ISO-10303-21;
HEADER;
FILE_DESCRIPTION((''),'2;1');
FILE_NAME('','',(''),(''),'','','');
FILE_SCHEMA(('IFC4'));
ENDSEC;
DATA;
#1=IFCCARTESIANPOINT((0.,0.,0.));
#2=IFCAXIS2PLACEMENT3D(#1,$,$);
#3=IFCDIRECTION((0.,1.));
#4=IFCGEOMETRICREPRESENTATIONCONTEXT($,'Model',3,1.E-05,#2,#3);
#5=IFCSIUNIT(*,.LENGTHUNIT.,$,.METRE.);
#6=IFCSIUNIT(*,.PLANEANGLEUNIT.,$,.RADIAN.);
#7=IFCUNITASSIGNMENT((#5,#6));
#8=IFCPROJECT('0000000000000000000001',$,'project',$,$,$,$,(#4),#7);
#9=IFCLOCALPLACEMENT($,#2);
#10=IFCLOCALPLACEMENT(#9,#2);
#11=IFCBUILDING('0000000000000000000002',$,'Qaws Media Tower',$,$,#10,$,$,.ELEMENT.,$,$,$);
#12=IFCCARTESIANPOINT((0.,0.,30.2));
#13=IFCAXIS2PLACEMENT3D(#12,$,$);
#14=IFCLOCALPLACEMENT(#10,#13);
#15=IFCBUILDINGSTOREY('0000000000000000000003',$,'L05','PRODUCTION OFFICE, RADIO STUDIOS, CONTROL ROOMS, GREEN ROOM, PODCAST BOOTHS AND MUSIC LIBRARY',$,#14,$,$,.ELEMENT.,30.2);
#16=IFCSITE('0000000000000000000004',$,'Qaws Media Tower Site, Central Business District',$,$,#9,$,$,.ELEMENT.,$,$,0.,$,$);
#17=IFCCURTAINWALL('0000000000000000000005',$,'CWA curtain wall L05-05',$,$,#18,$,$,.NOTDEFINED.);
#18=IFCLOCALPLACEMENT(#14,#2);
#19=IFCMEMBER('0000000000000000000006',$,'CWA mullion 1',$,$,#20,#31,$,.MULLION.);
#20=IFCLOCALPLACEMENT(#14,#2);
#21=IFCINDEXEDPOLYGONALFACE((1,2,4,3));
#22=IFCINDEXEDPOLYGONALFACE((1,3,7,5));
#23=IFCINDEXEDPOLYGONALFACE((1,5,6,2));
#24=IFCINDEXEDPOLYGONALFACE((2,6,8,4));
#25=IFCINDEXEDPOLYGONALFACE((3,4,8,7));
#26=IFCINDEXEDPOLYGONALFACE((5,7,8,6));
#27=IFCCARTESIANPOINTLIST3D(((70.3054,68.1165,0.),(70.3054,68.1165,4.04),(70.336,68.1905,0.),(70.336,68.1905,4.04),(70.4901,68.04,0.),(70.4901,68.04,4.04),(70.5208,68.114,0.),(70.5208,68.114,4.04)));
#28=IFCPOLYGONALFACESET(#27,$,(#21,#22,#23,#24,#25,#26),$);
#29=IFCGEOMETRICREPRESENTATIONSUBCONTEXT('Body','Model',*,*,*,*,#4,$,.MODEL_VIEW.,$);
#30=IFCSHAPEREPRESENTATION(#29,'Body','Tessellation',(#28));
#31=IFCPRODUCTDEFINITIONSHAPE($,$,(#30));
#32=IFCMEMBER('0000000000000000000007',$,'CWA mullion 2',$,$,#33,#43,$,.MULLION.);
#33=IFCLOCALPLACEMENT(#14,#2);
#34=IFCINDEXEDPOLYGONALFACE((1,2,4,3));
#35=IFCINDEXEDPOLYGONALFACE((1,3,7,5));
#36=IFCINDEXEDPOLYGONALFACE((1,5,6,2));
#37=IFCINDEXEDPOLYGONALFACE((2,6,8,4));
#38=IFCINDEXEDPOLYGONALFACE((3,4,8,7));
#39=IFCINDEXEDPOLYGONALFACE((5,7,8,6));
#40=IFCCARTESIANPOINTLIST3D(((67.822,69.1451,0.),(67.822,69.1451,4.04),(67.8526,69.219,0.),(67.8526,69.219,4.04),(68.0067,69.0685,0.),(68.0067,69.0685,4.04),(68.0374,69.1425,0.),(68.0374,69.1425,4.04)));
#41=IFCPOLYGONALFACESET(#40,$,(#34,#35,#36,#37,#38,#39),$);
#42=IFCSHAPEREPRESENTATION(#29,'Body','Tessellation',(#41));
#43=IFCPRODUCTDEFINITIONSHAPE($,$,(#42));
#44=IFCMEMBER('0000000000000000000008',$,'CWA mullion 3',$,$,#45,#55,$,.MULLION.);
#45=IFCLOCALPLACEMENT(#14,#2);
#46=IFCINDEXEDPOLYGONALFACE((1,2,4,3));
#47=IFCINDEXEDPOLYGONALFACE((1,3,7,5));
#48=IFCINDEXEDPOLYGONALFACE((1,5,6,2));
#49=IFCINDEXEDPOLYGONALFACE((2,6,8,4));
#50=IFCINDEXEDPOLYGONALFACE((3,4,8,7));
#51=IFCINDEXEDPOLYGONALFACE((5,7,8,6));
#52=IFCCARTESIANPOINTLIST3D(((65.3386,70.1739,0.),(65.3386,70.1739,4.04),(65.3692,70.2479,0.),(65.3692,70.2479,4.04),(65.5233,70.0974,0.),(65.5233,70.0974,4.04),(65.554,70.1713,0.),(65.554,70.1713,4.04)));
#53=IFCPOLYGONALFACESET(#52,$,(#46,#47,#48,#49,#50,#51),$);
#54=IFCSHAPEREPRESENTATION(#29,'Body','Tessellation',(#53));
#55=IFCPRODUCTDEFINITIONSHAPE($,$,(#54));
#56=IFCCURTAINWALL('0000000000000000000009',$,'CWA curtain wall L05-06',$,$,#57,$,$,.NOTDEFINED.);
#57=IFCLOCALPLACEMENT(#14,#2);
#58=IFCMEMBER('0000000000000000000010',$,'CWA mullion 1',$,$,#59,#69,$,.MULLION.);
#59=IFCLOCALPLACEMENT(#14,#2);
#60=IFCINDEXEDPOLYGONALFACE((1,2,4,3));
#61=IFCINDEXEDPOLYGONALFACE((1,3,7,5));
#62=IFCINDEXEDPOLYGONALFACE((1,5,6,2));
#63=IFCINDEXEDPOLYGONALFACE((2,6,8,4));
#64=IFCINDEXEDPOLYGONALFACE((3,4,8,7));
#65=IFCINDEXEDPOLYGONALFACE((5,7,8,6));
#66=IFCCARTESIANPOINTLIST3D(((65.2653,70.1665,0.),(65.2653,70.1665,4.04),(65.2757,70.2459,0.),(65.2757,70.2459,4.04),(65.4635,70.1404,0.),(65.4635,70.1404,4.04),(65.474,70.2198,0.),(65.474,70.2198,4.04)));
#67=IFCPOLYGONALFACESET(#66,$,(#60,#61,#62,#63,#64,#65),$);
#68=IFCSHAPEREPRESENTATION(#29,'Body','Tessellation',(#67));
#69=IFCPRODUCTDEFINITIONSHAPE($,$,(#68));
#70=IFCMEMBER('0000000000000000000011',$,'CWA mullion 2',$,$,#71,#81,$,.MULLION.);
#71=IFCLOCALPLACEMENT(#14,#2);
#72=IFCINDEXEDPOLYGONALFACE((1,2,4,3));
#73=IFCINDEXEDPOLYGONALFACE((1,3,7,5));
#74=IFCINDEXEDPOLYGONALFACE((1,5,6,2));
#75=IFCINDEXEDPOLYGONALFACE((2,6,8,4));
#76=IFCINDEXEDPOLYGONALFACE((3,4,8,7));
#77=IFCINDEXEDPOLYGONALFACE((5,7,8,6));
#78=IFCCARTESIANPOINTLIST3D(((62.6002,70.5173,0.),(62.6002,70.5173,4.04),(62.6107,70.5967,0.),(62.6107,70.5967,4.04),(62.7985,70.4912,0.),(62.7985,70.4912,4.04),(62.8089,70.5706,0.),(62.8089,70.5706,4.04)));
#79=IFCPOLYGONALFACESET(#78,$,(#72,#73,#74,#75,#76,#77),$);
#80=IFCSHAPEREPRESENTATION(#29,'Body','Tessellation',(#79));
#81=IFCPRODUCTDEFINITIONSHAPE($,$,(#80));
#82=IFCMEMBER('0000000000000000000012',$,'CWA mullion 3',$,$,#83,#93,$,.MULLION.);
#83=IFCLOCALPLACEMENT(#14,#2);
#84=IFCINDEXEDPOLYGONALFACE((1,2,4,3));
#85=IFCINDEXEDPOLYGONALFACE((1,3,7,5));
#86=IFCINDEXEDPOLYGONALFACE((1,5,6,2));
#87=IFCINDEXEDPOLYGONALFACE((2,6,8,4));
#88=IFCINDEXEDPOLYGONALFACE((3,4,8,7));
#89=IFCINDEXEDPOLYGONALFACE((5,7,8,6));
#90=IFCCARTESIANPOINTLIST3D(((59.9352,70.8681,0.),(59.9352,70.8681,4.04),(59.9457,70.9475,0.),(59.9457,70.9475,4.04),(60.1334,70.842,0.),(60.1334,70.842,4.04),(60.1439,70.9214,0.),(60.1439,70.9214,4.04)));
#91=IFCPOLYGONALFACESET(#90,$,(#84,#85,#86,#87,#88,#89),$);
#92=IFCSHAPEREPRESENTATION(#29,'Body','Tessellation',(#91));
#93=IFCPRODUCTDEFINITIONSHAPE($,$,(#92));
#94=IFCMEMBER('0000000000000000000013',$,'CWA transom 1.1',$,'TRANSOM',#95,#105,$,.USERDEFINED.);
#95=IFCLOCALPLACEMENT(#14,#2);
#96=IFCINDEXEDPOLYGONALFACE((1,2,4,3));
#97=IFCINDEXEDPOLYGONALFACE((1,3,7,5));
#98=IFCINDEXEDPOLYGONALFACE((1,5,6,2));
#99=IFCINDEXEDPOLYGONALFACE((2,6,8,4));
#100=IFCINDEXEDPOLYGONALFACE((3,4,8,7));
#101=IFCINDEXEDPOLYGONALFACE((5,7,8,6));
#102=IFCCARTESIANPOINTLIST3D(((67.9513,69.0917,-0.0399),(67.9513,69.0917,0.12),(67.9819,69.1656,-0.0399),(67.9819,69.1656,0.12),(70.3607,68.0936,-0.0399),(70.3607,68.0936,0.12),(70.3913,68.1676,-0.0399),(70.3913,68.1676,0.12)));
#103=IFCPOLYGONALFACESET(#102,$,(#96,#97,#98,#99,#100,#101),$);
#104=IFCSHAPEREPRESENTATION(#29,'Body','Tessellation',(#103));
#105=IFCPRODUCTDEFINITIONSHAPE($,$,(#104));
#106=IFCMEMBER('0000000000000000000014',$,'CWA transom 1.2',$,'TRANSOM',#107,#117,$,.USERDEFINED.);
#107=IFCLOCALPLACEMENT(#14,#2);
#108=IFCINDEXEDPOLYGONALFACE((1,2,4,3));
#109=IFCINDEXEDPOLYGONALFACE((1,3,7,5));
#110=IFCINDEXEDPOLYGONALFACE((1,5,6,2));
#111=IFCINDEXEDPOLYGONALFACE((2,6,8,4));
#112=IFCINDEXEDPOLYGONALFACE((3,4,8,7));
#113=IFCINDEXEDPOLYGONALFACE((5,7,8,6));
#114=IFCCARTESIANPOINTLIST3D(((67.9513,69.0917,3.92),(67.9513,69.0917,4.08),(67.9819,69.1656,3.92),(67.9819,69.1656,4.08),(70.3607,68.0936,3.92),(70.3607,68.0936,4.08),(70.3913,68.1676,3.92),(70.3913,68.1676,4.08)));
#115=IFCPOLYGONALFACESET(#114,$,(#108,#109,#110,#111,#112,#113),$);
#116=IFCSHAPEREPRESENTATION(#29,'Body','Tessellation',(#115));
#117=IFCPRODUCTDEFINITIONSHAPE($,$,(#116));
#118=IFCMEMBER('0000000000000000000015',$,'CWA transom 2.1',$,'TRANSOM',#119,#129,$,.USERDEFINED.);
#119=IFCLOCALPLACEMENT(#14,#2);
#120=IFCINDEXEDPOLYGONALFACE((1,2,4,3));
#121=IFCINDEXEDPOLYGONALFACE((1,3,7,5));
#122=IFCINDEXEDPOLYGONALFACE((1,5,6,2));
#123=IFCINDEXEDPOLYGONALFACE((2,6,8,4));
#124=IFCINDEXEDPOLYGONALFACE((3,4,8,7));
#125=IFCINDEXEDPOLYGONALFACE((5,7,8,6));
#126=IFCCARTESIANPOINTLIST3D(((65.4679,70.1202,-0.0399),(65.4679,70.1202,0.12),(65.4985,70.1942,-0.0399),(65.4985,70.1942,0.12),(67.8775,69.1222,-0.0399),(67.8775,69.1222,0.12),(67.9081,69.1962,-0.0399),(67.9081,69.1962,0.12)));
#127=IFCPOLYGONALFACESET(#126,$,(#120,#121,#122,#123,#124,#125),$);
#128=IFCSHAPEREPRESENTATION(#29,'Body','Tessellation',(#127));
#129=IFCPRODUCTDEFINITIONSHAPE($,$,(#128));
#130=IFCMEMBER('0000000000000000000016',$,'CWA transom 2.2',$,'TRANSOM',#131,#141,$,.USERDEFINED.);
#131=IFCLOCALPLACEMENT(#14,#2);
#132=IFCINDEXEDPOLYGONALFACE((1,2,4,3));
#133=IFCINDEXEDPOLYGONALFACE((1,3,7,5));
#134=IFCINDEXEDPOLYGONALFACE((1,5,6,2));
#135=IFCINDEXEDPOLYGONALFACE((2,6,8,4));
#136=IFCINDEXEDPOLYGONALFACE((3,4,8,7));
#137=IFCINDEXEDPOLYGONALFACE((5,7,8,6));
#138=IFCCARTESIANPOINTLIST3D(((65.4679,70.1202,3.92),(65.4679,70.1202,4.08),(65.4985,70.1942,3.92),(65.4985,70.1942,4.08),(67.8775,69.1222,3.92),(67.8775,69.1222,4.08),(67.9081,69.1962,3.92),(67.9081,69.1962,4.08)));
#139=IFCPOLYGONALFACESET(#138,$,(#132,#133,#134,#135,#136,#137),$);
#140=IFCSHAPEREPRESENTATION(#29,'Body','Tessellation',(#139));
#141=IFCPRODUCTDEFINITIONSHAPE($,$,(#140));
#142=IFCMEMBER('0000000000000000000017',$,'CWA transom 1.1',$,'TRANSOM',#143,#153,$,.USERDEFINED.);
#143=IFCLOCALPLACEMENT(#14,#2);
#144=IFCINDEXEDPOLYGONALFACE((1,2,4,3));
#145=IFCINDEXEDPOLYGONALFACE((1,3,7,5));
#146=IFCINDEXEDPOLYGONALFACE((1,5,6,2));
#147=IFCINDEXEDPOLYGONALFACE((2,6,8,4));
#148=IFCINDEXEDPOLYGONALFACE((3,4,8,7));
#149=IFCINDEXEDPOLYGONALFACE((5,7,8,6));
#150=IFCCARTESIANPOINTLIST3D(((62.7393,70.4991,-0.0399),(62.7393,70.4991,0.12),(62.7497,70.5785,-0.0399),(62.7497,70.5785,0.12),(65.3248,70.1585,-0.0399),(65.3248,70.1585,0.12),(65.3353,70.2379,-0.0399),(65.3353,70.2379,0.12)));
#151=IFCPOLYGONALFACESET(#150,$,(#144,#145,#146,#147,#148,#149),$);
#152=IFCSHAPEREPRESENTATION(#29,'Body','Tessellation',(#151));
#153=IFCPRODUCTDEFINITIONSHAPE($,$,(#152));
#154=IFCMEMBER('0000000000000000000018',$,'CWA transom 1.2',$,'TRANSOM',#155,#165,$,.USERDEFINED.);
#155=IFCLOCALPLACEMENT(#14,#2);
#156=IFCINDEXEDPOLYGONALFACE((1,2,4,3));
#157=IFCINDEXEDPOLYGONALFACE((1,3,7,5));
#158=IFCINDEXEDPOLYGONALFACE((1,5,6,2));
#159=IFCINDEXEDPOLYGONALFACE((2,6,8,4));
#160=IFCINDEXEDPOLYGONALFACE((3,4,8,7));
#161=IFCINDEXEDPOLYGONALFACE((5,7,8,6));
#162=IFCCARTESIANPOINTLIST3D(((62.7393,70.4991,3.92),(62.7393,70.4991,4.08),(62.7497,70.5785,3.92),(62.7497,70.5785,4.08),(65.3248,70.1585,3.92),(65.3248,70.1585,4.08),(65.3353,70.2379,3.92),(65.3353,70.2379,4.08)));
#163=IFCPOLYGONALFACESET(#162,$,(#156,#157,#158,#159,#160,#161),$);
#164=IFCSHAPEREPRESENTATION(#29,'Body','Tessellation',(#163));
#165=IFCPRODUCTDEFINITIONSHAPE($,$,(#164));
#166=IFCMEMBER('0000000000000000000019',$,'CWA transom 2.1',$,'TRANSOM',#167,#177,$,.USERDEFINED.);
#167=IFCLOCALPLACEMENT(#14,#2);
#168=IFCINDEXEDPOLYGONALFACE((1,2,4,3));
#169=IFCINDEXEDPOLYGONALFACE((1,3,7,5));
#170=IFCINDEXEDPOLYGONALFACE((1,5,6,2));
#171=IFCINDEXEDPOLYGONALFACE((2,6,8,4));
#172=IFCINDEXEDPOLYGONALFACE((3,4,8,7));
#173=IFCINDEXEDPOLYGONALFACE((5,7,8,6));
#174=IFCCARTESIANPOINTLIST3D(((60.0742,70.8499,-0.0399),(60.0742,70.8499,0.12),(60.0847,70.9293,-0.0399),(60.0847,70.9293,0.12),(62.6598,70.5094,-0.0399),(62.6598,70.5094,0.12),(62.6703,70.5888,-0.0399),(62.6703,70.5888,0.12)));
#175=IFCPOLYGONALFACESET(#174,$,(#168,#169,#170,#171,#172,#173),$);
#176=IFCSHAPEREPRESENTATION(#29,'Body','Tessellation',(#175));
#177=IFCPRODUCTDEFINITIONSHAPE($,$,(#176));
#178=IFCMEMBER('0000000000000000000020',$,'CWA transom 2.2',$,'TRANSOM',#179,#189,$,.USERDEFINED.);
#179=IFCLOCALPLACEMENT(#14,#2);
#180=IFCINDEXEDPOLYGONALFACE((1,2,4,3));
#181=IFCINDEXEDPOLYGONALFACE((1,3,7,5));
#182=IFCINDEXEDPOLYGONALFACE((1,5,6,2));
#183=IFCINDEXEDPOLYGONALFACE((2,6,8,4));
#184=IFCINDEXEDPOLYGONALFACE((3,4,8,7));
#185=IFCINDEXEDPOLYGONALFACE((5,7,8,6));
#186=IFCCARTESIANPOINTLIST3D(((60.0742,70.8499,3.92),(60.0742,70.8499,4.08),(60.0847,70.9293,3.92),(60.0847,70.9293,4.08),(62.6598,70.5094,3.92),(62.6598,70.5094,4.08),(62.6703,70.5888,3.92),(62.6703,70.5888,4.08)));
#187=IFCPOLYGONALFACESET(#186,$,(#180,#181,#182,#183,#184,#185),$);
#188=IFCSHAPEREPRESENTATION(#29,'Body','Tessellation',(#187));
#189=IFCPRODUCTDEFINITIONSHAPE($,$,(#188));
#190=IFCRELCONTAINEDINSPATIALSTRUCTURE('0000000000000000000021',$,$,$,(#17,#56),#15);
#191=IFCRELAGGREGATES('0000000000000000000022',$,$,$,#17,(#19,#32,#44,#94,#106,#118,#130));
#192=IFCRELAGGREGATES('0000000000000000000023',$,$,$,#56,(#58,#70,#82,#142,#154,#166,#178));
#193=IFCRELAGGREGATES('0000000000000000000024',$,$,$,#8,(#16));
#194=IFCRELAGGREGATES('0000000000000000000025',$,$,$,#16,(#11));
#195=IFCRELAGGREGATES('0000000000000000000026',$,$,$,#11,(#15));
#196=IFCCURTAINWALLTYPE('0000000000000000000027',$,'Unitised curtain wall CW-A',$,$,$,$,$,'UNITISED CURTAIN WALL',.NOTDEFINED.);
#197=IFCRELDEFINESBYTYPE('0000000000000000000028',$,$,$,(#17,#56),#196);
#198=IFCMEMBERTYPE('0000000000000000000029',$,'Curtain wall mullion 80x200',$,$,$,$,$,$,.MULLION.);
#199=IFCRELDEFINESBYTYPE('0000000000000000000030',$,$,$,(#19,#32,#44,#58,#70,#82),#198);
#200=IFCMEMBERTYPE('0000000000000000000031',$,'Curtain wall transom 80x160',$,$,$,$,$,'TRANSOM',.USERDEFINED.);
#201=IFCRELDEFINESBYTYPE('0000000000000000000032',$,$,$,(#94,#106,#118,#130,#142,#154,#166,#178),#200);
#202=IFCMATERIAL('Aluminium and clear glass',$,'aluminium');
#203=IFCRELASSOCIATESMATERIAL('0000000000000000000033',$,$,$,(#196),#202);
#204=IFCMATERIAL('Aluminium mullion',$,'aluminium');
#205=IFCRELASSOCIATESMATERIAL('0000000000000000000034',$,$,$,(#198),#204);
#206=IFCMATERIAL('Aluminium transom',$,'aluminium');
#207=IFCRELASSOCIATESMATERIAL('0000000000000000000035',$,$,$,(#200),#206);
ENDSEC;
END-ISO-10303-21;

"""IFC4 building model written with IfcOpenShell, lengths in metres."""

from ifc_helpers import new_model, si_unit, direction, frame, origin, origin_2d, place, context, subcontext, project, spatial, rectangle, extrude, material, material_profile, profile_set, type_object, element, aggregate, save


model = new_model("IFC4")

# Units and contexts
model_context = context("Model", 3, precision=1e-05, world=origin(), true_north=direction((0.0, 1.0)))
body_context = subcontext(model_context, "Body", "Model", "MODEL_VIEW")
ifc_project = project(units=[si_unit("LENGTHUNIT", "METRE"), si_unit("PLANEANGLEUNIT", "RADIAN")], contexts=[model_context])

# Site, building, storey
site_placement = place(None, origin())
site = spatial("IfcSite", under=ifc_project, at=site_placement, Name="Qaws Media Tower Site, Central Business District", CompositionType="ELEMENT", RefElevation=0.0)
building_placement = place(site_placement, origin())
building = spatial("IfcBuilding", under=site, at=building_placement, Name="Qaws Media Tower", CompositionType="ELEMENT")
storey_placement = place(building_placement, frame((0.0, 0.0, 30.2)))
storey = spatial("IfcBuildingStorey", under=building, at=storey_placement, Name="L05", Description="PRODUCTION OFFICE, RADIO STUDIOS, CONTROL ROOMS, GREEN ROOM, PODCAST BOOTHS AND MUSIC LIBRARY", CompositionType="ELEMENT", Elevation=30.2)

# Curtain walls, members
ifc_material_1 = material(Name="Aluminium and clear glass", Category="aluminium")
curtain_wall_type = type_object("IfcCurtainWallType", Name="Unitised curtain wall CW-A", ElementType="UNITISED CURTAIN WALL", PredefinedType="NOTDEFINED", material=ifc_material_1)
curtain_wall_1_placement = place(storey_placement, origin())
curtain_wall_1 = element("IfcCurtainWall", 1, at=curtain_wall_1_placement, inside=storey, type_object=curtain_wall_type, Name="CWA curtain wall L05-05", PredefinedType="NOTDEFINED")
ifc_material_2 = material(Name="Aluminium mullion", Category="aluminium")
ifc_material_profile_1 = material_profile(ifc_material_2, rectangle(XDim=0.0801, YDim=0.2, at=origin_2d()), Name="80x200")
ifc_profile_set_1 = profile_set([ifc_material_profile_1], Name="Aluminium mullion")
member_type_1 = type_object("IfcMemberType", Name="Curtain wall mullion 80x200", PredefinedType="MULLION", material=ifc_profile_set_1)
member_1_placement = place(storey_placement, frame((70.4131, 68.1152, 0.0), z_axis=(0.0, 0.0, 1.0), x_axis=(-0.382683, -0.92388, 0.0)))
member_1 = element("IfcMember", 2, at=member_1_placement, type_object=member_type_1, Name="CWA mullion 1", PredefinedType="MULLION", context=body_context, shape_type="SweptSolid", body=[
    extrude(rectangle(XDim=0.0801, YDim=0.2, at=origin_2d()), origin(), (0.0, 0.0, 1.0), 4.04),
])
member_2_placement = place(storey_placement, frame((67.9297, 69.1438, 0.0), z_axis=(0.0, 0.0, 1.0), x_axis=(-0.382683, -0.92388, 0.0)))
member_2 = element("IfcMember", 3, at=member_2_placement, type_object=member_type_1, Name="CWA mullion 2", PredefinedType="MULLION", context=body_context, shape_type="SweptSolid", body=[
    extrude(rectangle(XDim=0.0801, YDim=0.2, at=origin_2d()), origin(), (0.0, 0.0, 1.0), 4.04),
])
member_3_placement = place(storey_placement, frame((65.4463, 70.1726, 0.0), z_axis=(0.0, 0.0, 1.0), x_axis=(-0.382683, -0.92388, 0.0)))
member_3 = element("IfcMember", 4, at=member_3_placement, type_object=member_type_1, Name="CWA mullion 3", PredefinedType="MULLION", context=body_context, shape_type="SweptSolid", body=[
    extrude(rectangle(XDim=0.0801, YDim=0.2, at=origin_2d()), origin(), (0.0, 0.0, 1.0), 4.04),
])
curtain_wall_2_placement = place(storey_placement, origin())
curtain_wall_2 = element("IfcCurtainWall", 5, at=curtain_wall_2_placement, inside=storey, type_object=curtain_wall_type, Name="CWA curtain wall L05-06", PredefinedType="NOTDEFINED")
member_4_placement = place(storey_placement, frame((65.3696, 70.1931, 0.0), z_axis=(0.0, 0.0, 1.0), x_axis=(-0.130526, -0.991445, 0.0)))
member_4 = element("IfcMember", 6, at=member_4_placement, type_object=member_type_1, Name="CWA mullion 1", PredefinedType="MULLION", context=body_context, shape_type="SweptSolid", body=[
    extrude(rectangle(XDim=0.0801, YDim=0.2, at=origin_2d()), origin(), (0.0, 0.0, 1.0), 4.04),
])
member_5_placement = place(storey_placement, frame((62.7046, 70.5439, 0.0), z_axis=(0.0, 0.0, 1.0), x_axis=(-0.130526, -0.991445, 0.0)))
member_5 = element("IfcMember", 7, at=member_5_placement, type_object=member_type_1, Name="CWA mullion 2", PredefinedType="MULLION", context=body_context, shape_type="SweptSolid", body=[
    extrude(rectangle(XDim=0.0801, YDim=0.2, at=origin_2d()), origin(), (0.0, 0.0, 1.0), 4.04),
])
member_6_placement = place(storey_placement, frame((60.0396, 70.8948, 0.0), z_axis=(0.0, 0.0, 1.0), x_axis=(-0.130526, -0.991445, 0.0)))
member_6 = element("IfcMember", 8, at=member_6_placement, type_object=member_type_1, Name="CWA mullion 3", PredefinedType="MULLION", context=body_context, shape_type="SweptSolid", body=[
    extrude(rectangle(XDim=0.0801, YDim=0.2, at=origin_2d()), origin(), (0.0, 0.0, 1.0), 4.04),
])

# Members
ifc_material_3 = material(Name="Aluminium transom", Category="aluminium")
ifc_material_profile_2 = material_profile(ifc_material_3, rectangle(XDim=0.0801, YDim=0.1599, at=origin_2d()), Name="80x160")
ifc_profile_set_2 = profile_set([ifc_material_profile_2], Name="Aluminium transom")
member_type_2 = type_object("IfcMemberType", Name="Curtain wall transom 80x160", ElementType="TRANSOM", PredefinedType="USERDEFINED", material=ifc_profile_set_2)
member_7_placement = place(storey_placement, frame((70.376, 68.1306, 0.04), z_axis=(-0.923875, 0.382694, 0.0), x_axis=(-0.382694, -0.923875, 0.0)))
member_7 = element("IfcMember", 9, at=member_7_placement, type_object=member_type_2, Name="CWA transom 1.1", ObjectType="TRANSOM", PredefinedType="USERDEFINED", context=body_context, shape_type="SweptSolid", body=[
    extrude(rectangle(XDim=0.0801, YDim=0.1599, at=origin_2d()), origin(), (0.0, 0.0, 1.0), 2.6079),
])
member_8_placement = place(storey_placement, frame((70.376, 68.1306, 4.0), z_axis=(-0.923875, 0.382694, 0.0), x_axis=(-0.382694, -0.923875, 0.0)))
member_8 = element("IfcMember", 10, at=member_8_placement, type_object=member_type_2, Name="CWA transom 1.2", ObjectType="TRANSOM", PredefinedType="USERDEFINED", context=body_context, shape_type="SweptSolid", body=[
    extrude(rectangle(XDim=0.0801, YDim=0.1599, at=origin_2d()), origin(), (0.0, 0.0, 1.0), 2.6079),
])
member_9_placement = place(storey_placement, frame((67.8928, 69.1592, 0.04), z_axis=(-0.923889, 0.38266, 0.0), x_axis=(-0.38266, -0.923889, 0.0)))
member_9 = element("IfcMember", 11, at=member_9_placement, type_object=member_type_2, Name="CWA transom 2.1", ObjectType="TRANSOM", PredefinedType="USERDEFINED", context=body_context, shape_type="SweptSolid", body=[
    extrude(rectangle(XDim=0.0801, YDim=0.1599, at=origin_2d()), origin(), (0.0, 0.0, 1.0), 2.6082),
])
member_10_placement = place(storey_placement, frame((67.8928, 69.1592, 4.0), z_axis=(-0.923889, 0.38266, 0.0), x_axis=(-0.38266, -0.923889, 0.0)))
member_10 = element("IfcMember", 12, at=member_10_placement, type_object=member_type_2, Name="CWA transom 2.2", ObjectType="TRANSOM", PredefinedType="USERDEFINED", context=body_context, shape_type="SweptSolid", body=[
    extrude(rectangle(XDim=0.0801, YDim=0.1599, at=origin_2d()), origin(), (0.0, 0.0, 1.0), 2.6082),
])
member_11_placement = place(storey_placement, frame((65.3301, 70.1982, 0.04), z_axis=(-0.991437, 0.130588, 0.0), x_axis=(-0.130588, -0.991437, 0.0)))
member_11 = element("IfcMember", 13, at=member_11_placement, type_object=member_type_2, Name="CWA transom 1.1", ObjectType="TRANSOM", PredefinedType="USERDEFINED", context=body_context, shape_type="SweptSolid", body=[
    extrude(rectangle(XDim=0.0801, YDim=0.1599, at=origin_2d()), origin(), (0.0, 0.0, 1.0), 2.6079),
])
member_12_placement = place(storey_placement, frame((65.3301, 70.1982, 4.0), z_axis=(-0.991437, 0.130588, 0.0), x_axis=(-0.130588, -0.991437, 0.0)))
member_12 = element("IfcMember", 14, at=member_12_placement, type_object=member_type_2, Name="CWA transom 1.2", ObjectType="TRANSOM", PredefinedType="USERDEFINED", context=body_context, shape_type="SweptSolid", body=[
    extrude(rectangle(XDim=0.0801, YDim=0.1599, at=origin_2d()), origin(), (0.0, 0.0, 1.0), 2.6079),
])
member_13_placement = place(storey_placement, frame((62.665, 70.5491, 0.04), z_axis=(-0.991437, 0.130588, 0.0), x_axis=(-0.130588, -0.991437, 0.0)))
member_13 = element("IfcMember", 15, at=member_13_placement, type_object=member_type_2, Name="CWA transom 2.1", ObjectType="TRANSOM", PredefinedType="USERDEFINED", context=body_context, shape_type="SweptSolid", body=[
    extrude(rectangle(XDim=0.0801, YDim=0.1599, at=origin_2d()), origin(), (0.0, 0.0, 1.0), 2.6079),
])
member_14_placement = place(storey_placement, frame((62.665, 70.5491, 4.0), z_axis=(-0.991437, 0.130588, 0.0), x_axis=(-0.130588, -0.991437, 0.0)))
member_14 = element("IfcMember", 16, at=member_14_placement, type_object=member_type_2, Name="CWA transom 2.2", ObjectType="TRANSOM", PredefinedType="USERDEFINED", context=body_context, shape_type="SweptSolid", body=[
    extrude(rectangle(XDim=0.0801, YDim=0.1599, at=origin_2d()), origin(), (0.0, 0.0, 1.0), 2.6079),
])

aggregate(curtain_wall_1, [member_1, member_2, member_3, member_7, member_8, member_9, member_10])
aggregate(curtain_wall_2, [member_4, member_5, member_6, member_11, member_12, member_13, member_14])

save(model, "model.ifc")
